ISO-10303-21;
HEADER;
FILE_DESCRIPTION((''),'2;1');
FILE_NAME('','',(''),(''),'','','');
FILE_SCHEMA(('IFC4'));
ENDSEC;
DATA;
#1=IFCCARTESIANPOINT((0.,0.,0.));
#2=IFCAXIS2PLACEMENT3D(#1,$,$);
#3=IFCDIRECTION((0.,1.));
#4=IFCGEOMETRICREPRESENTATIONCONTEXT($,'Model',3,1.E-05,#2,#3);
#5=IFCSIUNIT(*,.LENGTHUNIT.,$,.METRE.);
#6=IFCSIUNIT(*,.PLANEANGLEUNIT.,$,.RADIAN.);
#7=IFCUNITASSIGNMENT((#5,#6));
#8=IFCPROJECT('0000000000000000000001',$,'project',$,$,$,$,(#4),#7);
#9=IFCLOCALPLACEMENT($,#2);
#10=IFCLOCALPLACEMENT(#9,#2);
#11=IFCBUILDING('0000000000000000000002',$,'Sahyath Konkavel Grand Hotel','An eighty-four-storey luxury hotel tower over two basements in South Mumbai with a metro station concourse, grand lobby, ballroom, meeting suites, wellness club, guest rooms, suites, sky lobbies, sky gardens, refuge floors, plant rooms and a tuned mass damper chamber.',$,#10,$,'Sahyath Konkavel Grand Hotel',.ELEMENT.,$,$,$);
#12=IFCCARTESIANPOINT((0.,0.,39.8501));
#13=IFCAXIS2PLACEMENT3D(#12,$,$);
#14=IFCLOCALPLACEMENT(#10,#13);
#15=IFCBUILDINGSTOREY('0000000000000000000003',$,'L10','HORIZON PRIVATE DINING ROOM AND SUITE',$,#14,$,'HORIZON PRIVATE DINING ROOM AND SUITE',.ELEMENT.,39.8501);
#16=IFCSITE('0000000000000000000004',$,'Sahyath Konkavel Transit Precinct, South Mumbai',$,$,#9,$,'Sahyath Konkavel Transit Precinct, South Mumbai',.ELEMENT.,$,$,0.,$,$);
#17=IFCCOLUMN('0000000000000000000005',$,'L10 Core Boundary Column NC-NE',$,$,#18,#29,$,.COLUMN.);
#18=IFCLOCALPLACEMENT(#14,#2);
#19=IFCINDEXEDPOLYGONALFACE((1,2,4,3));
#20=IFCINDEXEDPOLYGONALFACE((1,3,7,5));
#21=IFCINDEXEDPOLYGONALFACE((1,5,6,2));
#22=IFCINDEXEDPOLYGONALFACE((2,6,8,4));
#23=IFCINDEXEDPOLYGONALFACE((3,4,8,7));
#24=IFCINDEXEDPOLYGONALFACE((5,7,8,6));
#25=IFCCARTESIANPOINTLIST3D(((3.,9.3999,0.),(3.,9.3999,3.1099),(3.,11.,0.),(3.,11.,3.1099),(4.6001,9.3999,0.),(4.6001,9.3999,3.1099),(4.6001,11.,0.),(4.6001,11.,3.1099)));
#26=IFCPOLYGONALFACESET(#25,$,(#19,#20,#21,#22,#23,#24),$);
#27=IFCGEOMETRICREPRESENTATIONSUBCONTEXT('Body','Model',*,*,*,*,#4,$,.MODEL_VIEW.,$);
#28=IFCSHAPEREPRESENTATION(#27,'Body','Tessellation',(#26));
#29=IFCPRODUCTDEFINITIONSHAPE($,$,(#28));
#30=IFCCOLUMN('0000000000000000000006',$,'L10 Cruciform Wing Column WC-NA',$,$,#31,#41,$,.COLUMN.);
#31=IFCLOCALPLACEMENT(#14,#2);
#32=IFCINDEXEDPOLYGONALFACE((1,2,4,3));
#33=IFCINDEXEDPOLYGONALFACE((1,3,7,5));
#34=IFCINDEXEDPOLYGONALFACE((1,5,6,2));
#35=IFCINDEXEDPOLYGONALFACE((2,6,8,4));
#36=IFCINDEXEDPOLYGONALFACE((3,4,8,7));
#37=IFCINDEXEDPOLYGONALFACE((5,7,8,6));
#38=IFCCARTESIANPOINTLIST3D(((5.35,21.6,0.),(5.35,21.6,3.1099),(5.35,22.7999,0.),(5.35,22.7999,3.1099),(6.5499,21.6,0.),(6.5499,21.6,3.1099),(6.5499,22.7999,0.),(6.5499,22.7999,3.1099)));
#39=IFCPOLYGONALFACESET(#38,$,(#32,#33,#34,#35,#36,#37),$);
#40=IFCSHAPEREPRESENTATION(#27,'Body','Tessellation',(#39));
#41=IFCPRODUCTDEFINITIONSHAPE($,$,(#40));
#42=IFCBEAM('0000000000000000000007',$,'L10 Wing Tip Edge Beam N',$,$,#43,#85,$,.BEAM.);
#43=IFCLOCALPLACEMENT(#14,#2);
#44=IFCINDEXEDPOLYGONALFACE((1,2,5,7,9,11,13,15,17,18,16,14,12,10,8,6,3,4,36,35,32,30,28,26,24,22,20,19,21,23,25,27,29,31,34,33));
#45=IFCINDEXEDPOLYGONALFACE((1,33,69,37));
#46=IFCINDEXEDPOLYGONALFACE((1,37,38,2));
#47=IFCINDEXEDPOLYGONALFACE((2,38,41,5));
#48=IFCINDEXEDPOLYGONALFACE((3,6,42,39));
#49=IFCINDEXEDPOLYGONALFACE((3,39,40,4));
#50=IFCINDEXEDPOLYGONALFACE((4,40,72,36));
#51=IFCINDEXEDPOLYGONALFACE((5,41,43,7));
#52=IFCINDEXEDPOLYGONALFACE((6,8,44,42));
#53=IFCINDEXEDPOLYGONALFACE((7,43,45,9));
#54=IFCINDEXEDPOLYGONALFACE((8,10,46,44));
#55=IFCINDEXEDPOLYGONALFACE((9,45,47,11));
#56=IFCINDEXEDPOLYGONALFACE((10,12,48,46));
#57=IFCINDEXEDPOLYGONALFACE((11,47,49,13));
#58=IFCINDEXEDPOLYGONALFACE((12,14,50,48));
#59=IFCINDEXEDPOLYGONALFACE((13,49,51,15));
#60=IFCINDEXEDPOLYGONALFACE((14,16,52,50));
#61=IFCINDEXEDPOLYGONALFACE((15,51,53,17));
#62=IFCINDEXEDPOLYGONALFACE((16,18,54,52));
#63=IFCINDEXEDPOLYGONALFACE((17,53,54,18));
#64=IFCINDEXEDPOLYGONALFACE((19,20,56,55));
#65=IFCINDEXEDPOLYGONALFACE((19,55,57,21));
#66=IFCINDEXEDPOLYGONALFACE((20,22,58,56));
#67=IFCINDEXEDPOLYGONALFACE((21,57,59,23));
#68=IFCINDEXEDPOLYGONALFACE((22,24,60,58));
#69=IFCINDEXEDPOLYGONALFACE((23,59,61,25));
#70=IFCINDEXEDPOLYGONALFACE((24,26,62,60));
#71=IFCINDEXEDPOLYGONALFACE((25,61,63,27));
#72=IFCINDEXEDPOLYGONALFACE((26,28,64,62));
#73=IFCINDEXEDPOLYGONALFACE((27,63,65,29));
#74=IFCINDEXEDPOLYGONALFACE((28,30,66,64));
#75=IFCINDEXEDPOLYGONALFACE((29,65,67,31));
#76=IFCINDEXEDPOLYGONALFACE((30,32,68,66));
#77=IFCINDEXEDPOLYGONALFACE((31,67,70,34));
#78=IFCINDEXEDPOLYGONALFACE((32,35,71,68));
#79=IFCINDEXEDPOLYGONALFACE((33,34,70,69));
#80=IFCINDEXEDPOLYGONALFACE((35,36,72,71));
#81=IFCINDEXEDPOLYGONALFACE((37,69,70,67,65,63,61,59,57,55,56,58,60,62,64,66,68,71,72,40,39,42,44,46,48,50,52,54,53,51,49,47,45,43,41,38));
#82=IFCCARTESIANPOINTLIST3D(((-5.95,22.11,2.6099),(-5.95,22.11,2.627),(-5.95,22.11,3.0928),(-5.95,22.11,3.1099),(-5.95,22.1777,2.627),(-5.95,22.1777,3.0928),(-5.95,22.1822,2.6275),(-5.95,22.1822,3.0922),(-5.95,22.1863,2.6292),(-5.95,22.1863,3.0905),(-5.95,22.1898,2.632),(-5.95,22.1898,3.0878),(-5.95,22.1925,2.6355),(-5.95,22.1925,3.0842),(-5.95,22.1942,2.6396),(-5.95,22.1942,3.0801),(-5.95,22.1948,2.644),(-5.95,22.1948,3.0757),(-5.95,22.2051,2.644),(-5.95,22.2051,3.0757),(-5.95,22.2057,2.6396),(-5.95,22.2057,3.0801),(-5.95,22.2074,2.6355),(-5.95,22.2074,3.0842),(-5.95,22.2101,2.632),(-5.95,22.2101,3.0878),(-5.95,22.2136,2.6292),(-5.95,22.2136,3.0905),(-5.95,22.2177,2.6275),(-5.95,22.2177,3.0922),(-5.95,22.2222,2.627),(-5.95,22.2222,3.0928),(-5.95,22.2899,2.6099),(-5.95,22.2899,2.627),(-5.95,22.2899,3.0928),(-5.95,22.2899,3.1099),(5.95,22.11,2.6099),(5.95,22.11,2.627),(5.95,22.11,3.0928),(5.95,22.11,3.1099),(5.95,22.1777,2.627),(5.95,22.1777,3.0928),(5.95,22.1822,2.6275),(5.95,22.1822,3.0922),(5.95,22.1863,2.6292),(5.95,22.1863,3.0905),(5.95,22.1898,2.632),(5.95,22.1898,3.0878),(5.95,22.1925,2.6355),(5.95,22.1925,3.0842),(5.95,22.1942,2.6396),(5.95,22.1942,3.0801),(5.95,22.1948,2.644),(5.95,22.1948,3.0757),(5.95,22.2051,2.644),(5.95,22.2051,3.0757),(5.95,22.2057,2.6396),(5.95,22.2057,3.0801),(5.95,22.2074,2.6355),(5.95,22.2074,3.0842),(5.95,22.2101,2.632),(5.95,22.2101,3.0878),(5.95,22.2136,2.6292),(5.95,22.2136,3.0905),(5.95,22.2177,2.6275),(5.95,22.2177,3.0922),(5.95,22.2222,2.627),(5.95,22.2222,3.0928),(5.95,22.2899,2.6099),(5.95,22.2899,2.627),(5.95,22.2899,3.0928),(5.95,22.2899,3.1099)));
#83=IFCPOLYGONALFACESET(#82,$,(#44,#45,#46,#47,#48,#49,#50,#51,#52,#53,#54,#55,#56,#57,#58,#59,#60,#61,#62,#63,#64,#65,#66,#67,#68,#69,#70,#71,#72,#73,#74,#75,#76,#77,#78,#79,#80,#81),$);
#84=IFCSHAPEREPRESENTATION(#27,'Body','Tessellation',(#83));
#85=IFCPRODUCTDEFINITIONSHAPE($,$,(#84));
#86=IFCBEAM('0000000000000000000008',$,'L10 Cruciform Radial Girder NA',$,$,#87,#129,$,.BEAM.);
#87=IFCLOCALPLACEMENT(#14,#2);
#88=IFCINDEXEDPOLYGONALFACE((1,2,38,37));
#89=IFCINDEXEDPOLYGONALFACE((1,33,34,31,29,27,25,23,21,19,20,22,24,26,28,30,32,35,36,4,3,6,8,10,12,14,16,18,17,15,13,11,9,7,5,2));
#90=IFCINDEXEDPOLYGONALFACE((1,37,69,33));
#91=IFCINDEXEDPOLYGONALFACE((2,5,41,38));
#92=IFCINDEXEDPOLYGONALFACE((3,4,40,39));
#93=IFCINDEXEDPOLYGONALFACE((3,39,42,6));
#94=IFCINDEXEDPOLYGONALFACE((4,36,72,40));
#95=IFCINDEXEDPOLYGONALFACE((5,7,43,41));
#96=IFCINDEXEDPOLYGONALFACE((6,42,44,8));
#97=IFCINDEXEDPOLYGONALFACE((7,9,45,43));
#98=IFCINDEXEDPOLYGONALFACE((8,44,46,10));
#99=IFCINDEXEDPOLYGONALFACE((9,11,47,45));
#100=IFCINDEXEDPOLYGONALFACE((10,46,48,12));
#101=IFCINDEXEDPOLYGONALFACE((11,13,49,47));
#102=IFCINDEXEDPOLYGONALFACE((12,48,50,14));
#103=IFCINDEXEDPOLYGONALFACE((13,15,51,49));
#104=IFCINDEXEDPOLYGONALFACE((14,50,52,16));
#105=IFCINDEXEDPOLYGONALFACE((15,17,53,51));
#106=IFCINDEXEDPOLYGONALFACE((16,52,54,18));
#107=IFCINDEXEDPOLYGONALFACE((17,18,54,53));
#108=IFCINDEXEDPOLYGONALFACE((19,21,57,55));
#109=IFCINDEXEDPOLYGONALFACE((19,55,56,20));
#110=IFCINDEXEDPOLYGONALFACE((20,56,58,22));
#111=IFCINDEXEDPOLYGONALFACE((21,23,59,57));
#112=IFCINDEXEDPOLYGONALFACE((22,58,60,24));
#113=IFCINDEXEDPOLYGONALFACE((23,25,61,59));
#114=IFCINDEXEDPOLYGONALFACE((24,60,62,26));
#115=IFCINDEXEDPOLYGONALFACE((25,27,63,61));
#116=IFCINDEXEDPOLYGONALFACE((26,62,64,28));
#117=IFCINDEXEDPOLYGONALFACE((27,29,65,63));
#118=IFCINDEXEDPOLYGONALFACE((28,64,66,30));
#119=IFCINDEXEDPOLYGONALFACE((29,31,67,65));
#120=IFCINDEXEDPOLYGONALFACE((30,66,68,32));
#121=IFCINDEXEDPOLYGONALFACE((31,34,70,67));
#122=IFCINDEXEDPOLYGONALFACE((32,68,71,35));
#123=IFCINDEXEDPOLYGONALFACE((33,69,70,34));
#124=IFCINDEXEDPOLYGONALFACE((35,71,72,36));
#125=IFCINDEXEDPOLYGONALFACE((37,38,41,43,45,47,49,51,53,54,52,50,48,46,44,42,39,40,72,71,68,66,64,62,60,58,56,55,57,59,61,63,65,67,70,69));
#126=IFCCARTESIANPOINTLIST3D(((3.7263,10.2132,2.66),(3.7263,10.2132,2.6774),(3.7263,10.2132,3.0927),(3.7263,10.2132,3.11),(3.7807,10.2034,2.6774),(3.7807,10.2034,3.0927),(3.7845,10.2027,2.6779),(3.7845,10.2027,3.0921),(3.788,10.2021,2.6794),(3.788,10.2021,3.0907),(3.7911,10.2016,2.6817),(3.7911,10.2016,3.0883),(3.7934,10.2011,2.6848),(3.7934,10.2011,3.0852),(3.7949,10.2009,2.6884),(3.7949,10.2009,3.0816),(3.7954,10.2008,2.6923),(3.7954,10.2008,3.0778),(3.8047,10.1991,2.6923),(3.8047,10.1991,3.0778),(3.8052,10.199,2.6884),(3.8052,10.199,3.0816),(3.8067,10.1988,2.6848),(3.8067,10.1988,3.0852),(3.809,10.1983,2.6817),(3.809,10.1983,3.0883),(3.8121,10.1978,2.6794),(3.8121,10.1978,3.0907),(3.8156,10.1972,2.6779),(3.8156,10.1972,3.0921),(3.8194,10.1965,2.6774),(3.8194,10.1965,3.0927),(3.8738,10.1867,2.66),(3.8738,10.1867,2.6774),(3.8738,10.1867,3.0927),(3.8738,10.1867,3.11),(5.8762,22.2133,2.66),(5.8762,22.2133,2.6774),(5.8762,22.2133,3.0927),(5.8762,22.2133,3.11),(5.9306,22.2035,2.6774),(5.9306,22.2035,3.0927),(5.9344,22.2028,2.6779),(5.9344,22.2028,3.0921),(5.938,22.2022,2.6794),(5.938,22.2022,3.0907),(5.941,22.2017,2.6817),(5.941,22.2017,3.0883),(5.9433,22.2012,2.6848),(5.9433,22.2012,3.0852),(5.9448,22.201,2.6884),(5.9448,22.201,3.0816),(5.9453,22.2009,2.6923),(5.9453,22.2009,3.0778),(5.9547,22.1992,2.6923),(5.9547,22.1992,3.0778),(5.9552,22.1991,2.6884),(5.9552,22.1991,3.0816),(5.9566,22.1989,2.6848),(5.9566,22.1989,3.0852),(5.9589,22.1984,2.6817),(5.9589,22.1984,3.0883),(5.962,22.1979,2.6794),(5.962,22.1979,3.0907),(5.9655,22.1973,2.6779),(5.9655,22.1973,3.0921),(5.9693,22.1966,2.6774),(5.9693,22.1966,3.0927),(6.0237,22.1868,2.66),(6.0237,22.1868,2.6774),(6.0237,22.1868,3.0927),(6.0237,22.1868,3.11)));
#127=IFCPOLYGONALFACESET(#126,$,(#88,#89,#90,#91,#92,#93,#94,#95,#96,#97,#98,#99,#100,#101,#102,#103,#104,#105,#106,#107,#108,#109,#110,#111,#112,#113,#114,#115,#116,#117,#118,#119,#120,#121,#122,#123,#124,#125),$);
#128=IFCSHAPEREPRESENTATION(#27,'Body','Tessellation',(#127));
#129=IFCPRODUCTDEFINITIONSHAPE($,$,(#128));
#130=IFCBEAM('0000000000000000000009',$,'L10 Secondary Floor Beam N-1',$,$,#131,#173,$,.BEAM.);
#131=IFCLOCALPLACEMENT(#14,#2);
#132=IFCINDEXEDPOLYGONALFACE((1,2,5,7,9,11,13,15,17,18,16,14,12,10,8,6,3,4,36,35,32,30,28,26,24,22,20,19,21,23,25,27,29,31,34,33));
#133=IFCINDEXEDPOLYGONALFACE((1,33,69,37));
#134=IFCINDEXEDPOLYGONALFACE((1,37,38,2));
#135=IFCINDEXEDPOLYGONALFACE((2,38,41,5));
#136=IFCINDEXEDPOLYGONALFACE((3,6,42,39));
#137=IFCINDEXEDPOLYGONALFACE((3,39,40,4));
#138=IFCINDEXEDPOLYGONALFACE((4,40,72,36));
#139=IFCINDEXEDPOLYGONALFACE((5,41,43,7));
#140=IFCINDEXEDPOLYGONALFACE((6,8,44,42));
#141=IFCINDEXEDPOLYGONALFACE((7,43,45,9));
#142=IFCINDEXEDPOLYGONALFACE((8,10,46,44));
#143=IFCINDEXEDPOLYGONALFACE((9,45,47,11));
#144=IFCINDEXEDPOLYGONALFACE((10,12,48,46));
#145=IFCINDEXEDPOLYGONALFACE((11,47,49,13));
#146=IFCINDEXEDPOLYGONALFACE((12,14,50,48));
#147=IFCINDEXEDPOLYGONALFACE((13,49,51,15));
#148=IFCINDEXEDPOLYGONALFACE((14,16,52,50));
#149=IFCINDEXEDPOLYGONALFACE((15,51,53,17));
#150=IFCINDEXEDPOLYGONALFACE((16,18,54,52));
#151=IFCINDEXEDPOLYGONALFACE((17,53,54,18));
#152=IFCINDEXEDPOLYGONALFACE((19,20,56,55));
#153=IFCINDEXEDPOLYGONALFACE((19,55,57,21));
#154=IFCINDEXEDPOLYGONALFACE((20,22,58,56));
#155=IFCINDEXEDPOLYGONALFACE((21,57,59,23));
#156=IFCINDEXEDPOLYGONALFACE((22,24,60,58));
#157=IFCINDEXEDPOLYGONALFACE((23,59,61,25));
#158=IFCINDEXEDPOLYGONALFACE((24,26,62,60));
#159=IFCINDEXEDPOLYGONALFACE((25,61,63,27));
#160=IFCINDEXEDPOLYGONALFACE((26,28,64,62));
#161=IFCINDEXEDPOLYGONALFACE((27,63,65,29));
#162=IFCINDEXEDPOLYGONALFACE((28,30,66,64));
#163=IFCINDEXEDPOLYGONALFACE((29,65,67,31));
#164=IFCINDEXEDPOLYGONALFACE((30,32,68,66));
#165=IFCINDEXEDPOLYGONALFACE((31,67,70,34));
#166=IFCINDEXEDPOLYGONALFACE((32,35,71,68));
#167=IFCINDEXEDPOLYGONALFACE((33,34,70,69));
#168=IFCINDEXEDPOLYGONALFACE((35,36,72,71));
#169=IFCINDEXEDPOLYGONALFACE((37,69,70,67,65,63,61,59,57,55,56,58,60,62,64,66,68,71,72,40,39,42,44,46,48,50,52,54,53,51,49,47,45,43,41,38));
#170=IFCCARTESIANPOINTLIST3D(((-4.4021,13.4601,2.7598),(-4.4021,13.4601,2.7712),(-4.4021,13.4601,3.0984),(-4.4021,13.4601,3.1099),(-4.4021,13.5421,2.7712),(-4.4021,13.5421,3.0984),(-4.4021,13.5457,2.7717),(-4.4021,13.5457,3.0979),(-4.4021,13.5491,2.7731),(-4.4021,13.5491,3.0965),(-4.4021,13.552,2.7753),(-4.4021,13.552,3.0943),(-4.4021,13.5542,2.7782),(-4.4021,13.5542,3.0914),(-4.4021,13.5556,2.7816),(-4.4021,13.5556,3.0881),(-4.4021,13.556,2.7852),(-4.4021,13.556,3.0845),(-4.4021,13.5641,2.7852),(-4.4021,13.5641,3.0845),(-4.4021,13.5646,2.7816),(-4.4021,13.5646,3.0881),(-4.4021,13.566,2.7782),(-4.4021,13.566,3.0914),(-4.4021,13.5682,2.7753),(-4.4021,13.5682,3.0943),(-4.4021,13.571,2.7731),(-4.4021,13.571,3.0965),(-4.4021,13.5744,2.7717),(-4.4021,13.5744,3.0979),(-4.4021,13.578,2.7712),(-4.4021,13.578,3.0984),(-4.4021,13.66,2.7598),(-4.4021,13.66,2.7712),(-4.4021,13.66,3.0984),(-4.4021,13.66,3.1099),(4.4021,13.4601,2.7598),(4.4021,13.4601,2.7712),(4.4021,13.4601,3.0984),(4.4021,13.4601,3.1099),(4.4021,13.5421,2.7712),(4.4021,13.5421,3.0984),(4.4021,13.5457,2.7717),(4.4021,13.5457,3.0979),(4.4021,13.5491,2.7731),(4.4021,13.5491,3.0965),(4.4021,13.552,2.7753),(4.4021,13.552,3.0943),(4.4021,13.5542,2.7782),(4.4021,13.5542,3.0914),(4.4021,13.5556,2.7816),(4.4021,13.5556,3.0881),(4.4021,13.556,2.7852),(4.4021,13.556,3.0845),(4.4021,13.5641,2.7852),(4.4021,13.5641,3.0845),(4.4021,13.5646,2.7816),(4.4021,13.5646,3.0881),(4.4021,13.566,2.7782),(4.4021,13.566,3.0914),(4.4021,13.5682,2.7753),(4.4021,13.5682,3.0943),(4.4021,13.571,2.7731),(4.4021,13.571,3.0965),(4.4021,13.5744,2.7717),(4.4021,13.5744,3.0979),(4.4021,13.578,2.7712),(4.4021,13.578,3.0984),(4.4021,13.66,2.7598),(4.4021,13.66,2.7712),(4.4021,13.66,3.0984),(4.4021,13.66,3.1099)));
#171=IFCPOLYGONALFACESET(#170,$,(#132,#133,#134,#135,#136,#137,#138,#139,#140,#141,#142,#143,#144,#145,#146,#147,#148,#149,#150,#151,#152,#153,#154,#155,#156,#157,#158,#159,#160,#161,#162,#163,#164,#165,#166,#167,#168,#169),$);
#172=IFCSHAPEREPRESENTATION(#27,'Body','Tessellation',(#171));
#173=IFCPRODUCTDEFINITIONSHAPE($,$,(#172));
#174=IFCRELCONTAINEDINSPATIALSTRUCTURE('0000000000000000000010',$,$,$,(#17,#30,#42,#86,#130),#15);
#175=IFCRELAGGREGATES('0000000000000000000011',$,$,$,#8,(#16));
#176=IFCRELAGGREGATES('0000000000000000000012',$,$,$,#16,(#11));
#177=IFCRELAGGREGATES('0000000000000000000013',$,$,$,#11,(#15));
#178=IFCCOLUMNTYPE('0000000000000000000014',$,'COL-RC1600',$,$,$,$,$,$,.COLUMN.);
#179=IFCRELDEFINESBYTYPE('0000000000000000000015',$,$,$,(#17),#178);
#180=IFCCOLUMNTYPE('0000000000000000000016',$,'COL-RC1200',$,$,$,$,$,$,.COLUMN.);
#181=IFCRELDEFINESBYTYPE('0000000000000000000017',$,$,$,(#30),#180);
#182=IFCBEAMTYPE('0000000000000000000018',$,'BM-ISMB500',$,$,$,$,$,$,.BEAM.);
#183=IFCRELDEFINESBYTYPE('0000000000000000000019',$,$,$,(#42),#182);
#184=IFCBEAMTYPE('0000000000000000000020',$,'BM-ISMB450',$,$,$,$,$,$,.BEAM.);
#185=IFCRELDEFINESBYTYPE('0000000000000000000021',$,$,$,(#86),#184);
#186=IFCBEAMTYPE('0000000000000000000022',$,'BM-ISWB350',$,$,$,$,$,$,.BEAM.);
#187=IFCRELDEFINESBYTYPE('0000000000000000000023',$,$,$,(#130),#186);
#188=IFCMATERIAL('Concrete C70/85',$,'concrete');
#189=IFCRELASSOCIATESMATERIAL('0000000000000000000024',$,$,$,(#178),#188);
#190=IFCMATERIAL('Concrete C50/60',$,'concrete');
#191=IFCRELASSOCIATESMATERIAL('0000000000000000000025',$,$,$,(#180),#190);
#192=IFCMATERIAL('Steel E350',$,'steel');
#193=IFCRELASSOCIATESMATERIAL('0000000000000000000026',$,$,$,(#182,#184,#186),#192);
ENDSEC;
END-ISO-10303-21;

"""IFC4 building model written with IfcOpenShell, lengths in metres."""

from ifc_helpers import new_model, si_unit, direction, frame, origin, origin_2d, place, context, subcontext, project, spatial, rectangle, i_section, extrude, source, transform, mapped, material, material_profile, profile_set, type_object, element, save


model = new_model("IFC4")

# Units and contexts
model_context = context("Model", 3, precision=1e-05, world=origin(), true_north=direction((0.0, 1.0)))
body_context = subcontext(model_context, "Body", "Model", "MODEL_VIEW")
ifc_project = project(units=[si_unit("LENGTHUNIT", "METRE"), si_unit("PLANEANGLEUNIT", "RADIAN")], contexts=[model_context])

# Site, building, storey
site_placement = place(None, origin())
site = spatial("IfcSite", under=ifc_project, at=site_placement, Name="Sahyath Konkavel Transit Precinct, South Mumbai", LongName="Sahyath Konkavel Transit Precinct, South Mumbai", CompositionType="ELEMENT", RefElevation=0.0)
building_placement = place(site_placement, origin())
building = spatial("IfcBuilding", under=site, at=building_placement, Name="Sahyath Konkavel Grand Hotel", Description="An eighty-four-storey luxury hotel tower over two basements in South Mumbai with a metro station concourse, grand lobby, ballroom, meeting suites, wellness club, guest rooms, suites, sky lobbies, sky gardens, refuge floors, plant rooms and a tuned mass damper chamber.", LongName="Sahyath Konkavel Grand Hotel", CompositionType="ELEMENT")
storey_placement = place(building_placement, frame((0.0, 0.0, 39.8501)))
storey = spatial("IfcBuildingStorey", under=building, at=storey_placement, Name="L10", Description="HORIZON PRIVATE DINING ROOM AND SUITE", LongName="HORIZON PRIVATE DINING ROOM AND SUITE", CompositionType="ELEMENT", Elevation=39.8501)

# Columns
ifc_material_1 = material(Name="Concrete C70/85", Category="concrete")
ifc_material_profile_1 = material_profile(ifc_material_1, rectangle(XDim=1.6001, YDim=1.6001, at=origin_2d()), Name="RC 1600x1600")
ifc_profile_set_1 = profile_set([ifc_material_profile_1], Name="Concrete C70/85")
column_type_1 = type_object("IfcColumnType", Name="COL-RC1600", PredefinedType="COLUMN", material=ifc_profile_set_1)
shared_shape_1 = source(origin(), body_context, "Body", "SweptSolid", [
    extrude(rectangle(XDim=1.6001, YDim=1.6001, at=origin_2d()), origin(), (0.0, 0.0, 1.0), 3.1099),
])
column_1_placement = place(storey_placement, frame((3.8, 10.2, 0.0), z_axis=(0.0, 0.0, 1.0), x_axis=(1.0, 0.0, 0.0)))
element("IfcColumn", 1, at=column_1_placement, inside=storey, type_object=column_type_1, Name="L10 Core Boundary Column NC-NE", PredefinedType="COLUMN", context=body_context, shape_type="MappedRepresentation", body=[
    mapped(shared_shape_1, transform((0.0, 0.0, 0.0), scale=1.0)),
])
ifc_material_2 = material(Name="Concrete C50/60", Category="concrete")
ifc_material_profile_2 = material_profile(ifc_material_2, rectangle(XDim=1.2, YDim=1.2, at=origin_2d()), Name="RC 1200x1200")
ifc_profile_set_2 = profile_set([ifc_material_profile_2], Name="Concrete C50/60")
column_type_2 = type_object("IfcColumnType", Name="COL-RC1200", PredefinedType="COLUMN", material=ifc_profile_set_2)
shared_shape_2 = source(origin(), body_context, "Body", "SweptSolid", [
    extrude(rectangle(XDim=1.2, YDim=1.2, at=origin_2d()), origin(), (0.0, 0.0, 1.0), 3.1099),
])
column_2_placement = place(storey_placement, frame((5.95, 22.2, 0.0), z_axis=(0.0, 0.0, 1.0), x_axis=(1.0, 0.0, 0.0)))
element("IfcColumn", 2, at=column_2_placement, inside=storey, type_object=column_type_2, Name="L10 Cruciform Wing Column WC-NA", PredefinedType="COLUMN", context=body_context, shape_type="MappedRepresentation", body=[
    mapped(shared_shape_2, transform((0.0, 0.0, 0.0), scale=1.0)),
])

# Beams
ifc_material_3 = material(Name="Steel E350", Category="steel")
ifc_material_profile_3 = material_profile(ifc_material_3, i_section(OverallWidth=0.1799, OverallDepth=0.5, WebThickness=0.0103, FlangeThickness=0.0171, FilletRadius=0.0171, at=origin_2d()), Name="ISMB 500")
ifc_profile_set_3 = profile_set([ifc_material_profile_3], Name="Steel E350")
beam_type_1 = type_object("IfcBeamType", Name="BM-ISMB500", PredefinedType="BEAM", material=ifc_profile_set_3)
shared_shape_3 = source(origin(), body_context, "Body", "SweptSolid", [
    extrude(i_section(OverallWidth=0.1799, OverallDepth=0.5, WebThickness=0.0103, FlangeThickness=0.0171, FilletRadius=0.0171, at=origin_2d()), origin(), (0.0, 0.0, 1.0), 11.8999),
])
beam_1_placement = place(storey_placement, frame((5.95, 22.2, 2.8599), z_axis=(-1.0, 0.0, 0.0), x_axis=(0.0, -1.0, 0.0)))
element("IfcBeam", 3, at=beam_1_placement, inside=storey, type_object=beam_type_1, Name="L10 Wing Tip Edge Beam N", PredefinedType="BEAM", context=body_context, shape_type="MappedRepresentation", body=[
    mapped(shared_shape_3, transform((0.0, 0.0, 0.0), scale=1.0)),
])
ifc_material_profile_4 = material_profile(ifc_material_3, i_section(OverallWidth=0.1499, OverallDepth=0.45, WebThickness=0.0095, FlangeThickness=0.0173, FilletRadius=0.0149, at=origin_2d()), Name="ISMB 450")
ifc_profile_set_4 = profile_set([ifc_material_profile_4], Name="Steel E350")
beam_type_2 = type_object("IfcBeamType", Name="BM-ISMB450", PredefinedType="BEAM", material=ifc_profile_set_4)
shared_shape_4 = source(origin(), body_context, "Body", "SweptSolid", [
    extrude(i_section(OverallWidth=0.1499, OverallDepth=0.45, WebThickness=0.0095, FlangeThickness=0.0173, FilletRadius=0.0149, at=origin_2d()), origin(), (0.0, 0.0, 1.0), 12.1912),
])
beam_2_placement = place(storey_placement, frame((3.8, 10.2, 2.885), z_axis=(0.176351, 0.984327, 0.0), x_axis=(-0.984327, 0.176351, 0.0)))
element("IfcBeam", 4, at=beam_2_placement, inside=storey, type_object=beam_type_2, Name="L10 Cruciform Radial Girder NA", PredefinedType="BEAM", context=body_context, shape_type="MappedRepresentation", body=[
    mapped(shared_shape_4, transform((0.0, 0.0, 0.0), scale=1.0)),
])
ifc_material_profile_5 = material_profile(ifc_material_3, i_section(OverallWidth=0.2, OverallDepth=0.3501, WebThickness=0.0081, FlangeThickness=0.0115, FilletRadius=0.0139, at=origin_2d()), Name="ISWB 350")
ifc_profile_set_5 = profile_set([ifc_material_profile_5], Name="Steel E350")
beam_type_3 = type_object("IfcBeamType", Name="BM-ISWB350", PredefinedType="BEAM", material=ifc_profile_set_5)
shared_shape_5 = source(origin(), body_context, "Body", "SweptSolid", [
    extrude(i_section(OverallWidth=0.2, OverallDepth=0.3501, WebThickness=0.0081, FlangeThickness=0.0115, FilletRadius=0.0139, at=origin_2d()), origin(), (0.0, 0.0, 1.0), 8.8042),
])
beam_3_placement = place(storey_placement, frame((4.4021, 13.5601, 2.9348), z_axis=(-1.0, 0.0, 0.0), x_axis=(0.0, -1.0, 0.0)))
element("IfcBeam", 5, at=beam_3_placement, inside=storey, type_object=beam_type_3, Name="L10 Secondary Floor Beam N-1", PredefinedType="BEAM", context=body_context, shape_type="MappedRepresentation", body=[
    mapped(shared_shape_5, transform((0.0, 0.0, 0.0), scale=1.0)),
])

save(model, "model.ifc")
